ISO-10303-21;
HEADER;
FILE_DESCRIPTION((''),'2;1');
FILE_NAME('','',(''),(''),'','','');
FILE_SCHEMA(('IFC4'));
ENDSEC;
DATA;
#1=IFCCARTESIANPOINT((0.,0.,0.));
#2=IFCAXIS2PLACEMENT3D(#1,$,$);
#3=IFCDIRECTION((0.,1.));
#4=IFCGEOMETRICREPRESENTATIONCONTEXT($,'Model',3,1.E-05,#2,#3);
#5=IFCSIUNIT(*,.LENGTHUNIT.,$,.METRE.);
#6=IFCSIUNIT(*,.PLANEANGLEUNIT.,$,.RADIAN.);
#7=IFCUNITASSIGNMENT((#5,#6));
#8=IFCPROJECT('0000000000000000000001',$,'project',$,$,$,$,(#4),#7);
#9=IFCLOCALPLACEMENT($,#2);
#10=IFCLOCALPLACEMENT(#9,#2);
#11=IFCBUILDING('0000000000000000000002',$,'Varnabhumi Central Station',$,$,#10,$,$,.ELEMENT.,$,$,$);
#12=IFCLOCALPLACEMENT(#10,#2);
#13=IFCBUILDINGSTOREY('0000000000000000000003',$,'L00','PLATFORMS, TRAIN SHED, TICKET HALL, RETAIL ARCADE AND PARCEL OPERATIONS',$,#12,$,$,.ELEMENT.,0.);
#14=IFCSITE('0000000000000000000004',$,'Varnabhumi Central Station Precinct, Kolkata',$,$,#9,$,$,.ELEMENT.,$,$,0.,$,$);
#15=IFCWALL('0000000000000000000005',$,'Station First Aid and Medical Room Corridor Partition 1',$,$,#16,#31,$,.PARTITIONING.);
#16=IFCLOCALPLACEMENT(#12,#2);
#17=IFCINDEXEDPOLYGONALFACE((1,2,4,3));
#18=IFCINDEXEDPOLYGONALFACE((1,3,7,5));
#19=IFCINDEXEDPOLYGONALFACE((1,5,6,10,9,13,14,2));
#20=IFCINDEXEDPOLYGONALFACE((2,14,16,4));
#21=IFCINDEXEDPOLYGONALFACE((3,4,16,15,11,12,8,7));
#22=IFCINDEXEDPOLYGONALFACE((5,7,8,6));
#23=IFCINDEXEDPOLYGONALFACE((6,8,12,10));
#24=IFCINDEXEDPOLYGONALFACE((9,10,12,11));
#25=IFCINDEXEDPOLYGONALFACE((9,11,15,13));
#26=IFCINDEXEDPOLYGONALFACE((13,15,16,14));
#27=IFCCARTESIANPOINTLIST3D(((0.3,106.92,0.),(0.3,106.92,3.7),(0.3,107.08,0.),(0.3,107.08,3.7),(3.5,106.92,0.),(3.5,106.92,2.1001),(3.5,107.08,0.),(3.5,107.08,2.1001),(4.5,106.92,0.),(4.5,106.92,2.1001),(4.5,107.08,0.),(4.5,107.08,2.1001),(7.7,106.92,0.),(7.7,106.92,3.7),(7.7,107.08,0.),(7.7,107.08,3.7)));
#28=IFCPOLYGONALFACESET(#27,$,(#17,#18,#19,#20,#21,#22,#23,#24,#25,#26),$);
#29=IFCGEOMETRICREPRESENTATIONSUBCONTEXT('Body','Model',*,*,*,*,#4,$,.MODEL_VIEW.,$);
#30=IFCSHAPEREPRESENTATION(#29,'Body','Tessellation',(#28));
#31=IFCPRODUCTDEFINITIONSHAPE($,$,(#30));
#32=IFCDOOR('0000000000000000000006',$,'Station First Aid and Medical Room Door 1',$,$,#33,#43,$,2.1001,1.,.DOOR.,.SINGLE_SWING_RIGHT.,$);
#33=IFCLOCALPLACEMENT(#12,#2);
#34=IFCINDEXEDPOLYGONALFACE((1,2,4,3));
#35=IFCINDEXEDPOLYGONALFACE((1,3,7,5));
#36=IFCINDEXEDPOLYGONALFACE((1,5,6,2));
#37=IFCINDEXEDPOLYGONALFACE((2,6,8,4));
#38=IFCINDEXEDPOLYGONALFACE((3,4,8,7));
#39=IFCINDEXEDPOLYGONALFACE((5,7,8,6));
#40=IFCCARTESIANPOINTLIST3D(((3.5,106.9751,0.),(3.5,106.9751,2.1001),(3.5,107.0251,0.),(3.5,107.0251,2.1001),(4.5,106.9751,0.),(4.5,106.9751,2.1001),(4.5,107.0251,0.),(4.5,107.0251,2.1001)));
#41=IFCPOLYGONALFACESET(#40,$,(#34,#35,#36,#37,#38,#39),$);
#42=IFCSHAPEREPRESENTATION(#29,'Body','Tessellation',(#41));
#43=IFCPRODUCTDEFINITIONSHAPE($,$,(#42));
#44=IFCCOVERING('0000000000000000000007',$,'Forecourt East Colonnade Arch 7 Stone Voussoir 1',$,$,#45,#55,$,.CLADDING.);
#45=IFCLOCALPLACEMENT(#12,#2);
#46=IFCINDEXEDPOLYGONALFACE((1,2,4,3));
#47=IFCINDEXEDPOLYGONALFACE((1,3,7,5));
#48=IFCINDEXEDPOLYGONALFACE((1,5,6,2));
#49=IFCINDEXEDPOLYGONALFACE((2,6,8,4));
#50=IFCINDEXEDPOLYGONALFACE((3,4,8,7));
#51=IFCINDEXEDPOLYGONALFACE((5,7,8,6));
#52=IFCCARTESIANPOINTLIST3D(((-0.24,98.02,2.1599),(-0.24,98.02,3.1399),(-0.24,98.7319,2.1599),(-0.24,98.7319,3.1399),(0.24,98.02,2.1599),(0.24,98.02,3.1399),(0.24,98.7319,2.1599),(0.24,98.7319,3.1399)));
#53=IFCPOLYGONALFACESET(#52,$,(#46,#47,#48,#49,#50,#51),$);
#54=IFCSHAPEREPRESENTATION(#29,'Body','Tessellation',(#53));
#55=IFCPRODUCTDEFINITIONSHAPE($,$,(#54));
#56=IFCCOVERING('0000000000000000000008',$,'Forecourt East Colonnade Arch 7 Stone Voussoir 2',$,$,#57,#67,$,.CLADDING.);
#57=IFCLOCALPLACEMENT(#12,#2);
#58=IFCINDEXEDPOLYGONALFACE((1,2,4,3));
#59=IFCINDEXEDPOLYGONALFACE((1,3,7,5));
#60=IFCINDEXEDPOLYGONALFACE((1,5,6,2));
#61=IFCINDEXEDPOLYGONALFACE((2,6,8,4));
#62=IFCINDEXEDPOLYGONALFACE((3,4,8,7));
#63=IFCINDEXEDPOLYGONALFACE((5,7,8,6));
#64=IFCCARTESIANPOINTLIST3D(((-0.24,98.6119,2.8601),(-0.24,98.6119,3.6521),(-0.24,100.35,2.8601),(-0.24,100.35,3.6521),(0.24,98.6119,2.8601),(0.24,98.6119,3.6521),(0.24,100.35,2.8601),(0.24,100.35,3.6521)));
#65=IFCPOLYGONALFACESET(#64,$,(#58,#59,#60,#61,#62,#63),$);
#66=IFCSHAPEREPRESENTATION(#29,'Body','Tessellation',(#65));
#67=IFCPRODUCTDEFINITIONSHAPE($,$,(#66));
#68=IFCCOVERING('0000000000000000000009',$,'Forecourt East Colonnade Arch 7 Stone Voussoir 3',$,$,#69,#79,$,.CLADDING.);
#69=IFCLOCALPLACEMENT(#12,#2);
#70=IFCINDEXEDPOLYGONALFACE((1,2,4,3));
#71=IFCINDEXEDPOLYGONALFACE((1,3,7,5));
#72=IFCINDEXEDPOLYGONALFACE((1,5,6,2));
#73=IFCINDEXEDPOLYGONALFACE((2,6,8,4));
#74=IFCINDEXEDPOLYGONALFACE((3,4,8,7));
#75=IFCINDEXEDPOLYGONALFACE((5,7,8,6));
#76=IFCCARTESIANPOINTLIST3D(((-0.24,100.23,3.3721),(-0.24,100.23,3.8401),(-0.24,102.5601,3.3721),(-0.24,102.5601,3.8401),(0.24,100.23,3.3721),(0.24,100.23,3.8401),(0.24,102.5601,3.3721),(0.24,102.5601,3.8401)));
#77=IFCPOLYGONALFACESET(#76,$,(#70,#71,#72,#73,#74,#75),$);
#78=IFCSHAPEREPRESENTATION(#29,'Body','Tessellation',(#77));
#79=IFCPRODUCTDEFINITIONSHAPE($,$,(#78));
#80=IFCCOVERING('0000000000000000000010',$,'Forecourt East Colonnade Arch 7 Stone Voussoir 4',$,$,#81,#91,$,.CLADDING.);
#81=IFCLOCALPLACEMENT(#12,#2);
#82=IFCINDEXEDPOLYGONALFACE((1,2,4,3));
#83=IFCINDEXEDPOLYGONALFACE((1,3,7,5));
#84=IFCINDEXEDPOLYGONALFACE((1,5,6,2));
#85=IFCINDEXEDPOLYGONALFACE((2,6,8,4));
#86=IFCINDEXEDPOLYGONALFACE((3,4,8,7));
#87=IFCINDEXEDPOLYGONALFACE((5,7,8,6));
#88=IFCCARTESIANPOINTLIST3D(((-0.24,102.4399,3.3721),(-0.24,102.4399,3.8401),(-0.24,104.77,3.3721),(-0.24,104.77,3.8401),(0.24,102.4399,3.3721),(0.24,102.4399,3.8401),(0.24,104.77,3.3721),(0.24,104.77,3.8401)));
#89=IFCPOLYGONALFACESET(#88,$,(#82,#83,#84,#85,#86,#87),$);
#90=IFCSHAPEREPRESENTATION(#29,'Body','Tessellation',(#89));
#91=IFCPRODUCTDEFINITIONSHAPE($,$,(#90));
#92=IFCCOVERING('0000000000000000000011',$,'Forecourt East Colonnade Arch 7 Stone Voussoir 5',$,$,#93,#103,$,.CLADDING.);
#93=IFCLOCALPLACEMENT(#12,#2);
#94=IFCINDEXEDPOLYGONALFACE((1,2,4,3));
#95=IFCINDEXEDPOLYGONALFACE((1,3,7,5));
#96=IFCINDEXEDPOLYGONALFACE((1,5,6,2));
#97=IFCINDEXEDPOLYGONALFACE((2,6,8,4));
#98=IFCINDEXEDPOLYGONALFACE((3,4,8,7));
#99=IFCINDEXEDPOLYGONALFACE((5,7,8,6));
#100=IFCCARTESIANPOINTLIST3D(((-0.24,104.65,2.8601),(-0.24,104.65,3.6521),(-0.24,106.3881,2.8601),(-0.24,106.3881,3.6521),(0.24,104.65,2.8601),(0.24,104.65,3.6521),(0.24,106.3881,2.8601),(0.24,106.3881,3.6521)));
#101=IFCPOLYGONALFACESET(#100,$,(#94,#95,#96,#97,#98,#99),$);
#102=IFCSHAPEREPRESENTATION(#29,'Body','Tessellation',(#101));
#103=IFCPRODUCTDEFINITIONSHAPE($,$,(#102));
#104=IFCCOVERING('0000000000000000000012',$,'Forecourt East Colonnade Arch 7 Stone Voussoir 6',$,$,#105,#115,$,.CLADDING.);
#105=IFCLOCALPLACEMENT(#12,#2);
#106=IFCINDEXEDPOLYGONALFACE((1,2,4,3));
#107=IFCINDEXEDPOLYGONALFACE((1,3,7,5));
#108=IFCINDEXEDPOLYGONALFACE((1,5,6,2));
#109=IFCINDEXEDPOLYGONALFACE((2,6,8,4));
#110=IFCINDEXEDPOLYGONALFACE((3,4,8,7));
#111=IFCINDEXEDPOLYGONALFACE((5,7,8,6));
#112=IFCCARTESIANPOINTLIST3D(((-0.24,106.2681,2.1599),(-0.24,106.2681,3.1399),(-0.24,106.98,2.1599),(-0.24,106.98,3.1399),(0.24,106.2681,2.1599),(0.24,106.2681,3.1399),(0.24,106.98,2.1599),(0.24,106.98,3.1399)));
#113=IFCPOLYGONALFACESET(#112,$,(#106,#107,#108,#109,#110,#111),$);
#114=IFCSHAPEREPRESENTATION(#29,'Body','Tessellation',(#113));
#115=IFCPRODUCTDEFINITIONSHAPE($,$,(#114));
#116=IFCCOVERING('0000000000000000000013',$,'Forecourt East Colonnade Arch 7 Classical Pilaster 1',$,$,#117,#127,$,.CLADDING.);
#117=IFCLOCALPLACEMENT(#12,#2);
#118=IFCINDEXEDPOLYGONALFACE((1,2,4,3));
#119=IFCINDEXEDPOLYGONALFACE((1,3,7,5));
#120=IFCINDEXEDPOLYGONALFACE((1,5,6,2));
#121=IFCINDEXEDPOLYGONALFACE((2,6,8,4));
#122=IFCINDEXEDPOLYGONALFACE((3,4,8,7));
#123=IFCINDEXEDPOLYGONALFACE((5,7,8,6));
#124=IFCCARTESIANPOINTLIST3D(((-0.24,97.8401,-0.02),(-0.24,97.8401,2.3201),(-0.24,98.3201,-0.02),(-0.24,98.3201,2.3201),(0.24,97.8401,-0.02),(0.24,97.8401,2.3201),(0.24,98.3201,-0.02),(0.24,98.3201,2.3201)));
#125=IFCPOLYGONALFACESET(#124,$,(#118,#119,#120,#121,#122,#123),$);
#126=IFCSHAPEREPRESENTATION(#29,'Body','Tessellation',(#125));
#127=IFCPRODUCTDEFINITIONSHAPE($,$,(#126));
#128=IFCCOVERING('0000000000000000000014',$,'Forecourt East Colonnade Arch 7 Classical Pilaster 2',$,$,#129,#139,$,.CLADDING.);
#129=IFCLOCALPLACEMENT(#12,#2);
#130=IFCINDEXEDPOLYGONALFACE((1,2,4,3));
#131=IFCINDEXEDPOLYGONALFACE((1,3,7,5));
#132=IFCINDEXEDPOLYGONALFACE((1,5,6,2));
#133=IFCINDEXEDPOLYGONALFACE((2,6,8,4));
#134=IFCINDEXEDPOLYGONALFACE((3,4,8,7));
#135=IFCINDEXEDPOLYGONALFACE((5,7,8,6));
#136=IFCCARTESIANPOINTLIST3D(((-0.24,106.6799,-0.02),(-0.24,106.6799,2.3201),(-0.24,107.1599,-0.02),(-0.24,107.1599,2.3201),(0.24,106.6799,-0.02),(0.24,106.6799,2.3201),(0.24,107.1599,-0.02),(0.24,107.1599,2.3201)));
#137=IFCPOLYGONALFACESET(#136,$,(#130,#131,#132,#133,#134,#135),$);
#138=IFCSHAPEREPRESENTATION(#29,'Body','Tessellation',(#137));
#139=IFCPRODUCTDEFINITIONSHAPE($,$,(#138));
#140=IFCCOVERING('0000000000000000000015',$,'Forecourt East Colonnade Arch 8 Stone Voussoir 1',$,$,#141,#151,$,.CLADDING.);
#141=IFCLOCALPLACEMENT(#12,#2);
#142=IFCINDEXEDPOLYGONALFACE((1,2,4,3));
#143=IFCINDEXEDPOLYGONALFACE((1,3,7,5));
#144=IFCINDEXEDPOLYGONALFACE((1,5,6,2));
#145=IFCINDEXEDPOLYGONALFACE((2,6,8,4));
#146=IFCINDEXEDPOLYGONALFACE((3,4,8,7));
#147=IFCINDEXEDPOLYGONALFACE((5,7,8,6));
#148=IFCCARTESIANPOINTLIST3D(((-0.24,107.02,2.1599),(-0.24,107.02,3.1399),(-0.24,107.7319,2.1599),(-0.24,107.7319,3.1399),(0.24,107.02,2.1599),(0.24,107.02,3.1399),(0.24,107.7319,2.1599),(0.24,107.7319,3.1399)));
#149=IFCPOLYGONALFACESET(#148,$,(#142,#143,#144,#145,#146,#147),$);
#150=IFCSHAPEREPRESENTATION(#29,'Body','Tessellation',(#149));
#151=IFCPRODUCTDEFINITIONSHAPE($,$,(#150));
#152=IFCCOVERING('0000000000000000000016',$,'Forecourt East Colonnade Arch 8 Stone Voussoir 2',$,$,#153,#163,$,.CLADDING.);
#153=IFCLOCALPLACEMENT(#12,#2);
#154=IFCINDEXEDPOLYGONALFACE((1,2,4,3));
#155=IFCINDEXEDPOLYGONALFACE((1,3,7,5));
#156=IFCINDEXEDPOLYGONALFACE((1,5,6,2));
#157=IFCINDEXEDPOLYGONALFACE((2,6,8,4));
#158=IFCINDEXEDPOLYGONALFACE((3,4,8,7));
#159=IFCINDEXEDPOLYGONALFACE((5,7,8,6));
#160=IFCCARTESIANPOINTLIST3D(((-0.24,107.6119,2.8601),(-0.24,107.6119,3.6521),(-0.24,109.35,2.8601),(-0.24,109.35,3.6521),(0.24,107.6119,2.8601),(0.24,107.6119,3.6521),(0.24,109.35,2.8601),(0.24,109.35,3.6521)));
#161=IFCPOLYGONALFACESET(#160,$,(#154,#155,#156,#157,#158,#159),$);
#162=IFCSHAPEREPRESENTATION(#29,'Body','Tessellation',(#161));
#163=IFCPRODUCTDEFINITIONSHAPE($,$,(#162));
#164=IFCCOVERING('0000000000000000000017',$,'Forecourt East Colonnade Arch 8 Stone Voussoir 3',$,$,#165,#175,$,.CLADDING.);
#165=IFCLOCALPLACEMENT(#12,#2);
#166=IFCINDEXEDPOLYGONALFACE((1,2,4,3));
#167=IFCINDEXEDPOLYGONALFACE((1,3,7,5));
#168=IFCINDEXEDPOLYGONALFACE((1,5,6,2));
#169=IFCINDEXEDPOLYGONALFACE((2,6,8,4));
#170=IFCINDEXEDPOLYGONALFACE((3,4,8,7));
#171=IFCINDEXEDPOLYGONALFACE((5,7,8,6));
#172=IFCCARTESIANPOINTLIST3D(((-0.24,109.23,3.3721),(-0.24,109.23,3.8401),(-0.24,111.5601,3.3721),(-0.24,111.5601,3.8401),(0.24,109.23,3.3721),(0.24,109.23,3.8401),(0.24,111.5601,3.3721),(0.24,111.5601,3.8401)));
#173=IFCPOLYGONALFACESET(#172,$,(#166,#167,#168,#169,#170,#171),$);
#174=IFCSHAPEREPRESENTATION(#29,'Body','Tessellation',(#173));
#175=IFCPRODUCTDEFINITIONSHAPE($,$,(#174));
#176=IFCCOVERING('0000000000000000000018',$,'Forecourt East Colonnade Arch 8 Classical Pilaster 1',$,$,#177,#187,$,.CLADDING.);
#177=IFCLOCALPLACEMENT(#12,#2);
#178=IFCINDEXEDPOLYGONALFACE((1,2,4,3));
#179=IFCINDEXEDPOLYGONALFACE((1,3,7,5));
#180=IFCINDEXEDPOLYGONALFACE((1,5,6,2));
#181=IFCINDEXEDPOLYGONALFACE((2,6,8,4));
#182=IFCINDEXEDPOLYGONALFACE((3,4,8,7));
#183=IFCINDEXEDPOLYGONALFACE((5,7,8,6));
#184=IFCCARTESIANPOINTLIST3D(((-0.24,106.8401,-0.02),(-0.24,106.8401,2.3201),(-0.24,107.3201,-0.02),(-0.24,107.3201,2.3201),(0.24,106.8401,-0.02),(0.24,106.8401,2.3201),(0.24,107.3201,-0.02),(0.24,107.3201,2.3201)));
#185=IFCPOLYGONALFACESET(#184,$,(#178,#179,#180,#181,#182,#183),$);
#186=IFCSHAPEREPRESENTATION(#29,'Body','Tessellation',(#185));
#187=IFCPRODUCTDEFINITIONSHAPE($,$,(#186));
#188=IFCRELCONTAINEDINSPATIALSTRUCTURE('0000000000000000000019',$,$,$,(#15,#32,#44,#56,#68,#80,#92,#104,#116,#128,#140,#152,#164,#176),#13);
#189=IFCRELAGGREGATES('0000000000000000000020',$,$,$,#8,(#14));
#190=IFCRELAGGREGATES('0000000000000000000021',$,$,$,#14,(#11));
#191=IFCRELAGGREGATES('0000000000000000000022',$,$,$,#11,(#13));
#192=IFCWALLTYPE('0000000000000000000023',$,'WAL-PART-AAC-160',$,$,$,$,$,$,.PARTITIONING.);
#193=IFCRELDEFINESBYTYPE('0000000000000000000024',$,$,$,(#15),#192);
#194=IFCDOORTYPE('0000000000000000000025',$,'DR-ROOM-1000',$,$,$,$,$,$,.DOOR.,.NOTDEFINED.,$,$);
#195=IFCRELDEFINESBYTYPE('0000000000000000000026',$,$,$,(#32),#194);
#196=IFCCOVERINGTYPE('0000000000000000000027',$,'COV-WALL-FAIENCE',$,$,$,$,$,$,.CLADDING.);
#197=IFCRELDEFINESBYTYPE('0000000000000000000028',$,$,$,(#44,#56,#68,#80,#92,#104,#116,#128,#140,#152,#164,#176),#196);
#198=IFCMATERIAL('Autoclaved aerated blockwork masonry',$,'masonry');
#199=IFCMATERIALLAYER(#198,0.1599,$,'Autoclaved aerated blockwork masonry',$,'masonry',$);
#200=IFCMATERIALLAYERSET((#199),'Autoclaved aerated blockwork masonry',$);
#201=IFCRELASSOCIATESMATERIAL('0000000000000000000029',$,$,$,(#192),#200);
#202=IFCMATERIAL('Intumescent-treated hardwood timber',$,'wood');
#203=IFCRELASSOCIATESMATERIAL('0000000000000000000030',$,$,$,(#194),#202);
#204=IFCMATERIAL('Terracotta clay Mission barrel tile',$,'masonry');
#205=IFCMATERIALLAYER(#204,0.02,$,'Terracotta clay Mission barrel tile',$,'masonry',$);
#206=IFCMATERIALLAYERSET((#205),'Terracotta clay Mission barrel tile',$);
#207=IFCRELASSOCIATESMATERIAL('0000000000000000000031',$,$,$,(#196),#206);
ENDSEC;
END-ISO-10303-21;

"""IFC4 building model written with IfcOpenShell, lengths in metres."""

from ifc_helpers import new_model, si_unit, direction, frame, frame_2d, origin, origin_2d, place, context, subcontext, project, spatial, rectangle, extrude, material, layer, layer_set, type_object, element, fill, save


model = new_model("IFC4")

# Units and contexts
model_context = context("Model", 3, precision=1e-05, world=origin(), true_north=direction((0.0, 1.0)))
body_context = subcontext(model_context, "Body", "Model", "MODEL_VIEW")
ifc_project = project(units=[si_unit("LENGTHUNIT", "METRE"), si_unit("PLANEANGLEUNIT", "RADIAN")], contexts=[model_context])

# Site, building, storey
site_placement = place(None, origin())
site = spatial("IfcSite", under=ifc_project, at=site_placement, Name="Varnabhumi Central Station Precinct, Kolkata", CompositionType="ELEMENT", RefElevation=0.0)
building_placement = place(site_placement, origin())
building = spatial("IfcBuilding", under=site, at=building_placement, Name="Varnabhumi Central Station", CompositionType="ELEMENT")
storey_placement = place(building_placement, origin())
storey = spatial("IfcBuildingStorey", under=building, at=storey_placement, Name="L00", Description="PLATFORMS, TRAIN SHED, TICKET HALL, RETAIL ARCADE AND PARCEL OPERATIONS", CompositionType="ELEMENT", Elevation=0.0)

# Wall, opening, door
ifc_material_1 = material(Name="Autoclaved aerated blockwork masonry", Category="masonry")
ifc_layer_1 = layer(ifc_material_1, 0.1599, Name="Autoclaved aerated blockwork masonry", Category="masonry")
ifc_layer_set_1 = layer_set([ifc_layer_1], Name="Autoclaved aerated blockwork masonry")
wall_type_1 = type_object("IfcWallType", Name="WAL-PART-AAC-160", PredefinedType="PARTITIONING", material=ifc_layer_set_1)
wall_1_placement = place(storey_placement, frame((0.3, 107.0, 0.0), z_axis=(0.0, 0.0, 1.0), x_axis=(1.0, 0.0, 0.0)))
wall_1 = element("IfcWall", 1, at=wall_1_placement, inside=storey, type_object=wall_type_1, Name="Station First Aid and Medical Room Corridor Partition 1", PredefinedType="PARTITIONING", context=body_context, shape_type="SweptSolid", body=[
    extrude(rectangle(XDim=7.3999, YDim=0.1599, at=frame_2d((3.7, 0.0))), origin(), (0.0, 0.0, 1.0), 3.7),
])
opening_1_placement = place(wall_1_placement, frame((3.2, 0.0, 0.0)))
opening_1 = element("IfcOpeningElement", 2, at=opening_1_placement, cuts=wall_1, PredefinedType="OPENING", context=body_context, shape_type="SweptSolid", body=[
    extrude(rectangle(XDim=1.0, YDim=2.1001, at=frame_2d((0.5, 1.05))), frame((0.0, 0.0898, 0.0), z_axis=(0.0, -1.0, 0.0), x_axis=(1.0, 0.0, 0.0)), (0.0, 0.0, 1.0), 0.1799),
])
ifc_material_2 = material(Name="Intumescent-treated hardwood timber", Category="wood")
door_type = type_object("IfcDoorType", Name="DR-ROOM-1000", OperationType="NOTDEFINED", PredefinedType="DOOR", material=ifc_material_2)
door_placement = place(opening_1_placement, frame((1.0, 0.0, 0.0), z_axis=(0.0, 0.0, 1.0), x_axis=(-1.0, 0.0, 0.0)))
door = element("IfcDoor", 3, at=door_placement, inside=storey, type_object=door_type, Name="Station First Aid and Medical Room Door 1", OperationType="SINGLE_SWING_RIGHT", OverallHeight=2.1001, OverallWidth=1.0, PredefinedType="DOOR", context=body_context, shape_type="SweptSolid", body=[
    extrude(rectangle(XDim=1.0, YDim=2.1001, at=frame_2d((0.5, 1.05))), frame((0.0, 0.0249, 0.0), z_axis=(0.0, -1.0, 0.0), x_axis=(1.0, 0.0, 0.0)), (0.0, 0.0, 1.0), 0.05),
])
fill(opening_1, door)

# Coverings
ifc_material_3 = material(Name="Terracotta clay Mission barrel tile", Category="masonry")
ifc_layer_2 = layer(ifc_material_3, 0.02, Name="Terracotta clay Mission barrel tile", Category="masonry")
ifc_layer_set_2 = layer_set([ifc_layer_2], Name="Terracotta clay Mission barrel tile")
covering_type = type_object("IfcCoveringType", Name="COV-WALL-FAIENCE", PredefinedType="CLADDING", material=ifc_layer_set_2)
covering_1_placement = place(storey_placement, frame((0.0, 98.376, 2.1599), z_axis=(0.0, 0.0, 1.0), x_axis=(0.0, 1.0, 0.0)))
element("IfcCovering", 4, at=covering_1_placement, inside=storey, type_object=covering_type, Name="Forecourt East Colonnade Arch 7 Stone Voussoir 1", PredefinedType="CLADDING", context=body_context, shape_type="SweptSolid", body=[
    extrude(rectangle(XDim=0.7119, YDim=0.48, at=origin_2d()), origin(), (0.0, 0.0, 1.0), 0.98),
])
covering_2_placement = place(storey_placement, frame((0.0, 99.481, 2.8601), z_axis=(0.0, 0.0, 1.0), x_axis=(0.0, 1.0, 0.0)))
element("IfcCovering", 5, at=covering_2_placement, inside=storey, type_object=covering_type, Name="Forecourt East Colonnade Arch 7 Stone Voussoir 2", PredefinedType="CLADDING", context=body_context, shape_type="SweptSolid", body=[
    extrude(rectangle(XDim=1.738, YDim=0.48, at=origin_2d()), origin(), (0.0, 0.0, 1.0), 0.792),
])
for number, where, z_axis, x_axis, name in (
    (6, (0.0, 101.395, 3.3721), (0.0, 0.0, 1.0), (0.0, 1.0, 0.0), "Forecourt East Colonnade Arch 7 Stone Voussoir 3"),
    (7, (0.0, 103.605, 3.3721), (0.0, 0.0, 1.0), (0.0, 1.0, 0.0), "Forecourt East Colonnade Arch 7 Stone Voussoir 4"),
):
    element("IfcCovering", number, at=place(storey_placement, frame(where, z_axis=z_axis, x_axis=x_axis)), inside=storey, type_object=covering_type, Name=name, PredefinedType="CLADDING", context=body_context, shape_type="SweptSolid", body=[
        extrude(rectangle(XDim=2.3301, YDim=0.48, at=origin_2d()), origin(), (0.0, 0.0, 1.0), 0.468),
    ])
covering_3_placement = place(storey_placement, frame((0.0, 105.519, 2.8601), z_axis=(0.0, 0.0, 1.0), x_axis=(0.0, 1.0, 0.0)))
element("IfcCovering", 8, at=covering_3_placement, inside=storey, type_object=covering_type, Name="Forecourt East Colonnade Arch 7 Stone Voussoir 5", PredefinedType="CLADDING", context=body_context, shape_type="SweptSolid", body=[
    extrude(rectangle(XDim=1.738, YDim=0.48, at=origin_2d()), origin(), (0.0, 0.0, 1.0), 0.792),
])
covering_4_placement = place(storey_placement, frame((0.0, 106.624, 2.1599), z_axis=(0.0, 0.0, 1.0), x_axis=(0.0, 1.0, 0.0)))
element("IfcCovering", 9, at=covering_4_placement, inside=storey, type_object=covering_type, Name="Forecourt East Colonnade Arch 7 Stone Voussoir 6", PredefinedType="CLADDING", context=body_context, shape_type="SweptSolid", body=[
    extrude(rectangle(XDim=0.7119, YDim=0.48, at=origin_2d()), origin(), (0.0, 0.0, 1.0), 0.98),
])
for number, where, z_axis, x_axis, name in (
    (10, (0.0, 98.0801, -0.02), (0.0, 0.0, 1.0), (1.0, 0.0, 0.0), "Forecourt East Colonnade Arch 7 Classical Pilaster 1"),
    (11, (0.0, 106.9199, -0.02), (0.0, 0.0, 1.0), (1.0, 0.0, 0.0), "Forecourt East Colonnade Arch 7 Classical Pilaster 2"),
):
    element("IfcCovering", number, at=place(storey_placement, frame(where, z_axis=z_axis, x_axis=x_axis)), inside=storey, type_object=covering_type, Name=name, PredefinedType="CLADDING", context=body_context, shape_type="SweptSolid", body=[
        extrude(rectangle(XDim=0.48, YDim=0.48, at=origin_2d()), origin(), (0.0, 0.0, 1.0), 2.3401),
    ])
covering_5_placement = place(storey_placement, frame((0.0, 107.376, 2.1599), z_axis=(0.0, 0.0, 1.0), x_axis=(0.0, 1.0, 0.0)))
element("IfcCovering", 12, at=covering_5_placement, inside=storey, type_object=covering_type, Name="Forecourt East Colonnade Arch 8 Stone Voussoir 1", PredefinedType="CLADDING", context=body_context, shape_type="SweptSolid", body=[
    extrude(rectangle(XDim=0.7119, YDim=0.48, at=origin_2d()), origin(), (0.0, 0.0, 1.0), 0.98),
])
covering_6_placement = place(storey_placement, frame((0.0, 108.481, 2.8601), z_axis=(0.0, 0.0, 1.0), x_axis=(0.0, 1.0, 0.0)))
element("IfcCovering", 13, at=covering_6_placement, inside=storey, type_object=covering_type, Name="Forecourt East Colonnade Arch 8 Stone Voussoir 2", PredefinedType="CLADDING", context=body_context, shape_type="SweptSolid", body=[
    extrude(rectangle(XDim=1.738, YDim=0.48, at=origin_2d()), origin(), (0.0, 0.0, 1.0), 0.792),
])
covering_7_placement = place(storey_placement, frame((0.0, 110.395, 3.3721), z_axis=(0.0, 0.0, 1.0), x_axis=(0.0, 1.0, 0.0)))
element("IfcCovering", 14, at=covering_7_placement, inside=storey, type_object=covering_type, Name="Forecourt East Colonnade Arch 8 Stone Voussoir 3", PredefinedType="CLADDING", context=body_context, shape_type="SweptSolid", body=[
    extrude(rectangle(XDim=2.3301, YDim=0.48, at=origin_2d()), origin(), (0.0, 0.0, 1.0), 0.468),
])
covering_8_placement = place(storey_placement, frame((0.0, 107.0801, -0.02), z_axis=(0.0, 0.0, 1.0), x_axis=(1.0, 0.0, 0.0)))
element("IfcCovering", 15, at=covering_8_placement, inside=storey, type_object=covering_type, Name="Forecourt East Colonnade Arch 8 Classical Pilaster 1", PredefinedType="CLADDING", context=body_context, shape_type="SweptSolid", body=[
    extrude(rectangle(XDim=0.48, YDim=0.48, at=origin_2d()), origin(), (0.0, 0.0, 1.0), 2.3401),
])

save(model, "model.ifc")
